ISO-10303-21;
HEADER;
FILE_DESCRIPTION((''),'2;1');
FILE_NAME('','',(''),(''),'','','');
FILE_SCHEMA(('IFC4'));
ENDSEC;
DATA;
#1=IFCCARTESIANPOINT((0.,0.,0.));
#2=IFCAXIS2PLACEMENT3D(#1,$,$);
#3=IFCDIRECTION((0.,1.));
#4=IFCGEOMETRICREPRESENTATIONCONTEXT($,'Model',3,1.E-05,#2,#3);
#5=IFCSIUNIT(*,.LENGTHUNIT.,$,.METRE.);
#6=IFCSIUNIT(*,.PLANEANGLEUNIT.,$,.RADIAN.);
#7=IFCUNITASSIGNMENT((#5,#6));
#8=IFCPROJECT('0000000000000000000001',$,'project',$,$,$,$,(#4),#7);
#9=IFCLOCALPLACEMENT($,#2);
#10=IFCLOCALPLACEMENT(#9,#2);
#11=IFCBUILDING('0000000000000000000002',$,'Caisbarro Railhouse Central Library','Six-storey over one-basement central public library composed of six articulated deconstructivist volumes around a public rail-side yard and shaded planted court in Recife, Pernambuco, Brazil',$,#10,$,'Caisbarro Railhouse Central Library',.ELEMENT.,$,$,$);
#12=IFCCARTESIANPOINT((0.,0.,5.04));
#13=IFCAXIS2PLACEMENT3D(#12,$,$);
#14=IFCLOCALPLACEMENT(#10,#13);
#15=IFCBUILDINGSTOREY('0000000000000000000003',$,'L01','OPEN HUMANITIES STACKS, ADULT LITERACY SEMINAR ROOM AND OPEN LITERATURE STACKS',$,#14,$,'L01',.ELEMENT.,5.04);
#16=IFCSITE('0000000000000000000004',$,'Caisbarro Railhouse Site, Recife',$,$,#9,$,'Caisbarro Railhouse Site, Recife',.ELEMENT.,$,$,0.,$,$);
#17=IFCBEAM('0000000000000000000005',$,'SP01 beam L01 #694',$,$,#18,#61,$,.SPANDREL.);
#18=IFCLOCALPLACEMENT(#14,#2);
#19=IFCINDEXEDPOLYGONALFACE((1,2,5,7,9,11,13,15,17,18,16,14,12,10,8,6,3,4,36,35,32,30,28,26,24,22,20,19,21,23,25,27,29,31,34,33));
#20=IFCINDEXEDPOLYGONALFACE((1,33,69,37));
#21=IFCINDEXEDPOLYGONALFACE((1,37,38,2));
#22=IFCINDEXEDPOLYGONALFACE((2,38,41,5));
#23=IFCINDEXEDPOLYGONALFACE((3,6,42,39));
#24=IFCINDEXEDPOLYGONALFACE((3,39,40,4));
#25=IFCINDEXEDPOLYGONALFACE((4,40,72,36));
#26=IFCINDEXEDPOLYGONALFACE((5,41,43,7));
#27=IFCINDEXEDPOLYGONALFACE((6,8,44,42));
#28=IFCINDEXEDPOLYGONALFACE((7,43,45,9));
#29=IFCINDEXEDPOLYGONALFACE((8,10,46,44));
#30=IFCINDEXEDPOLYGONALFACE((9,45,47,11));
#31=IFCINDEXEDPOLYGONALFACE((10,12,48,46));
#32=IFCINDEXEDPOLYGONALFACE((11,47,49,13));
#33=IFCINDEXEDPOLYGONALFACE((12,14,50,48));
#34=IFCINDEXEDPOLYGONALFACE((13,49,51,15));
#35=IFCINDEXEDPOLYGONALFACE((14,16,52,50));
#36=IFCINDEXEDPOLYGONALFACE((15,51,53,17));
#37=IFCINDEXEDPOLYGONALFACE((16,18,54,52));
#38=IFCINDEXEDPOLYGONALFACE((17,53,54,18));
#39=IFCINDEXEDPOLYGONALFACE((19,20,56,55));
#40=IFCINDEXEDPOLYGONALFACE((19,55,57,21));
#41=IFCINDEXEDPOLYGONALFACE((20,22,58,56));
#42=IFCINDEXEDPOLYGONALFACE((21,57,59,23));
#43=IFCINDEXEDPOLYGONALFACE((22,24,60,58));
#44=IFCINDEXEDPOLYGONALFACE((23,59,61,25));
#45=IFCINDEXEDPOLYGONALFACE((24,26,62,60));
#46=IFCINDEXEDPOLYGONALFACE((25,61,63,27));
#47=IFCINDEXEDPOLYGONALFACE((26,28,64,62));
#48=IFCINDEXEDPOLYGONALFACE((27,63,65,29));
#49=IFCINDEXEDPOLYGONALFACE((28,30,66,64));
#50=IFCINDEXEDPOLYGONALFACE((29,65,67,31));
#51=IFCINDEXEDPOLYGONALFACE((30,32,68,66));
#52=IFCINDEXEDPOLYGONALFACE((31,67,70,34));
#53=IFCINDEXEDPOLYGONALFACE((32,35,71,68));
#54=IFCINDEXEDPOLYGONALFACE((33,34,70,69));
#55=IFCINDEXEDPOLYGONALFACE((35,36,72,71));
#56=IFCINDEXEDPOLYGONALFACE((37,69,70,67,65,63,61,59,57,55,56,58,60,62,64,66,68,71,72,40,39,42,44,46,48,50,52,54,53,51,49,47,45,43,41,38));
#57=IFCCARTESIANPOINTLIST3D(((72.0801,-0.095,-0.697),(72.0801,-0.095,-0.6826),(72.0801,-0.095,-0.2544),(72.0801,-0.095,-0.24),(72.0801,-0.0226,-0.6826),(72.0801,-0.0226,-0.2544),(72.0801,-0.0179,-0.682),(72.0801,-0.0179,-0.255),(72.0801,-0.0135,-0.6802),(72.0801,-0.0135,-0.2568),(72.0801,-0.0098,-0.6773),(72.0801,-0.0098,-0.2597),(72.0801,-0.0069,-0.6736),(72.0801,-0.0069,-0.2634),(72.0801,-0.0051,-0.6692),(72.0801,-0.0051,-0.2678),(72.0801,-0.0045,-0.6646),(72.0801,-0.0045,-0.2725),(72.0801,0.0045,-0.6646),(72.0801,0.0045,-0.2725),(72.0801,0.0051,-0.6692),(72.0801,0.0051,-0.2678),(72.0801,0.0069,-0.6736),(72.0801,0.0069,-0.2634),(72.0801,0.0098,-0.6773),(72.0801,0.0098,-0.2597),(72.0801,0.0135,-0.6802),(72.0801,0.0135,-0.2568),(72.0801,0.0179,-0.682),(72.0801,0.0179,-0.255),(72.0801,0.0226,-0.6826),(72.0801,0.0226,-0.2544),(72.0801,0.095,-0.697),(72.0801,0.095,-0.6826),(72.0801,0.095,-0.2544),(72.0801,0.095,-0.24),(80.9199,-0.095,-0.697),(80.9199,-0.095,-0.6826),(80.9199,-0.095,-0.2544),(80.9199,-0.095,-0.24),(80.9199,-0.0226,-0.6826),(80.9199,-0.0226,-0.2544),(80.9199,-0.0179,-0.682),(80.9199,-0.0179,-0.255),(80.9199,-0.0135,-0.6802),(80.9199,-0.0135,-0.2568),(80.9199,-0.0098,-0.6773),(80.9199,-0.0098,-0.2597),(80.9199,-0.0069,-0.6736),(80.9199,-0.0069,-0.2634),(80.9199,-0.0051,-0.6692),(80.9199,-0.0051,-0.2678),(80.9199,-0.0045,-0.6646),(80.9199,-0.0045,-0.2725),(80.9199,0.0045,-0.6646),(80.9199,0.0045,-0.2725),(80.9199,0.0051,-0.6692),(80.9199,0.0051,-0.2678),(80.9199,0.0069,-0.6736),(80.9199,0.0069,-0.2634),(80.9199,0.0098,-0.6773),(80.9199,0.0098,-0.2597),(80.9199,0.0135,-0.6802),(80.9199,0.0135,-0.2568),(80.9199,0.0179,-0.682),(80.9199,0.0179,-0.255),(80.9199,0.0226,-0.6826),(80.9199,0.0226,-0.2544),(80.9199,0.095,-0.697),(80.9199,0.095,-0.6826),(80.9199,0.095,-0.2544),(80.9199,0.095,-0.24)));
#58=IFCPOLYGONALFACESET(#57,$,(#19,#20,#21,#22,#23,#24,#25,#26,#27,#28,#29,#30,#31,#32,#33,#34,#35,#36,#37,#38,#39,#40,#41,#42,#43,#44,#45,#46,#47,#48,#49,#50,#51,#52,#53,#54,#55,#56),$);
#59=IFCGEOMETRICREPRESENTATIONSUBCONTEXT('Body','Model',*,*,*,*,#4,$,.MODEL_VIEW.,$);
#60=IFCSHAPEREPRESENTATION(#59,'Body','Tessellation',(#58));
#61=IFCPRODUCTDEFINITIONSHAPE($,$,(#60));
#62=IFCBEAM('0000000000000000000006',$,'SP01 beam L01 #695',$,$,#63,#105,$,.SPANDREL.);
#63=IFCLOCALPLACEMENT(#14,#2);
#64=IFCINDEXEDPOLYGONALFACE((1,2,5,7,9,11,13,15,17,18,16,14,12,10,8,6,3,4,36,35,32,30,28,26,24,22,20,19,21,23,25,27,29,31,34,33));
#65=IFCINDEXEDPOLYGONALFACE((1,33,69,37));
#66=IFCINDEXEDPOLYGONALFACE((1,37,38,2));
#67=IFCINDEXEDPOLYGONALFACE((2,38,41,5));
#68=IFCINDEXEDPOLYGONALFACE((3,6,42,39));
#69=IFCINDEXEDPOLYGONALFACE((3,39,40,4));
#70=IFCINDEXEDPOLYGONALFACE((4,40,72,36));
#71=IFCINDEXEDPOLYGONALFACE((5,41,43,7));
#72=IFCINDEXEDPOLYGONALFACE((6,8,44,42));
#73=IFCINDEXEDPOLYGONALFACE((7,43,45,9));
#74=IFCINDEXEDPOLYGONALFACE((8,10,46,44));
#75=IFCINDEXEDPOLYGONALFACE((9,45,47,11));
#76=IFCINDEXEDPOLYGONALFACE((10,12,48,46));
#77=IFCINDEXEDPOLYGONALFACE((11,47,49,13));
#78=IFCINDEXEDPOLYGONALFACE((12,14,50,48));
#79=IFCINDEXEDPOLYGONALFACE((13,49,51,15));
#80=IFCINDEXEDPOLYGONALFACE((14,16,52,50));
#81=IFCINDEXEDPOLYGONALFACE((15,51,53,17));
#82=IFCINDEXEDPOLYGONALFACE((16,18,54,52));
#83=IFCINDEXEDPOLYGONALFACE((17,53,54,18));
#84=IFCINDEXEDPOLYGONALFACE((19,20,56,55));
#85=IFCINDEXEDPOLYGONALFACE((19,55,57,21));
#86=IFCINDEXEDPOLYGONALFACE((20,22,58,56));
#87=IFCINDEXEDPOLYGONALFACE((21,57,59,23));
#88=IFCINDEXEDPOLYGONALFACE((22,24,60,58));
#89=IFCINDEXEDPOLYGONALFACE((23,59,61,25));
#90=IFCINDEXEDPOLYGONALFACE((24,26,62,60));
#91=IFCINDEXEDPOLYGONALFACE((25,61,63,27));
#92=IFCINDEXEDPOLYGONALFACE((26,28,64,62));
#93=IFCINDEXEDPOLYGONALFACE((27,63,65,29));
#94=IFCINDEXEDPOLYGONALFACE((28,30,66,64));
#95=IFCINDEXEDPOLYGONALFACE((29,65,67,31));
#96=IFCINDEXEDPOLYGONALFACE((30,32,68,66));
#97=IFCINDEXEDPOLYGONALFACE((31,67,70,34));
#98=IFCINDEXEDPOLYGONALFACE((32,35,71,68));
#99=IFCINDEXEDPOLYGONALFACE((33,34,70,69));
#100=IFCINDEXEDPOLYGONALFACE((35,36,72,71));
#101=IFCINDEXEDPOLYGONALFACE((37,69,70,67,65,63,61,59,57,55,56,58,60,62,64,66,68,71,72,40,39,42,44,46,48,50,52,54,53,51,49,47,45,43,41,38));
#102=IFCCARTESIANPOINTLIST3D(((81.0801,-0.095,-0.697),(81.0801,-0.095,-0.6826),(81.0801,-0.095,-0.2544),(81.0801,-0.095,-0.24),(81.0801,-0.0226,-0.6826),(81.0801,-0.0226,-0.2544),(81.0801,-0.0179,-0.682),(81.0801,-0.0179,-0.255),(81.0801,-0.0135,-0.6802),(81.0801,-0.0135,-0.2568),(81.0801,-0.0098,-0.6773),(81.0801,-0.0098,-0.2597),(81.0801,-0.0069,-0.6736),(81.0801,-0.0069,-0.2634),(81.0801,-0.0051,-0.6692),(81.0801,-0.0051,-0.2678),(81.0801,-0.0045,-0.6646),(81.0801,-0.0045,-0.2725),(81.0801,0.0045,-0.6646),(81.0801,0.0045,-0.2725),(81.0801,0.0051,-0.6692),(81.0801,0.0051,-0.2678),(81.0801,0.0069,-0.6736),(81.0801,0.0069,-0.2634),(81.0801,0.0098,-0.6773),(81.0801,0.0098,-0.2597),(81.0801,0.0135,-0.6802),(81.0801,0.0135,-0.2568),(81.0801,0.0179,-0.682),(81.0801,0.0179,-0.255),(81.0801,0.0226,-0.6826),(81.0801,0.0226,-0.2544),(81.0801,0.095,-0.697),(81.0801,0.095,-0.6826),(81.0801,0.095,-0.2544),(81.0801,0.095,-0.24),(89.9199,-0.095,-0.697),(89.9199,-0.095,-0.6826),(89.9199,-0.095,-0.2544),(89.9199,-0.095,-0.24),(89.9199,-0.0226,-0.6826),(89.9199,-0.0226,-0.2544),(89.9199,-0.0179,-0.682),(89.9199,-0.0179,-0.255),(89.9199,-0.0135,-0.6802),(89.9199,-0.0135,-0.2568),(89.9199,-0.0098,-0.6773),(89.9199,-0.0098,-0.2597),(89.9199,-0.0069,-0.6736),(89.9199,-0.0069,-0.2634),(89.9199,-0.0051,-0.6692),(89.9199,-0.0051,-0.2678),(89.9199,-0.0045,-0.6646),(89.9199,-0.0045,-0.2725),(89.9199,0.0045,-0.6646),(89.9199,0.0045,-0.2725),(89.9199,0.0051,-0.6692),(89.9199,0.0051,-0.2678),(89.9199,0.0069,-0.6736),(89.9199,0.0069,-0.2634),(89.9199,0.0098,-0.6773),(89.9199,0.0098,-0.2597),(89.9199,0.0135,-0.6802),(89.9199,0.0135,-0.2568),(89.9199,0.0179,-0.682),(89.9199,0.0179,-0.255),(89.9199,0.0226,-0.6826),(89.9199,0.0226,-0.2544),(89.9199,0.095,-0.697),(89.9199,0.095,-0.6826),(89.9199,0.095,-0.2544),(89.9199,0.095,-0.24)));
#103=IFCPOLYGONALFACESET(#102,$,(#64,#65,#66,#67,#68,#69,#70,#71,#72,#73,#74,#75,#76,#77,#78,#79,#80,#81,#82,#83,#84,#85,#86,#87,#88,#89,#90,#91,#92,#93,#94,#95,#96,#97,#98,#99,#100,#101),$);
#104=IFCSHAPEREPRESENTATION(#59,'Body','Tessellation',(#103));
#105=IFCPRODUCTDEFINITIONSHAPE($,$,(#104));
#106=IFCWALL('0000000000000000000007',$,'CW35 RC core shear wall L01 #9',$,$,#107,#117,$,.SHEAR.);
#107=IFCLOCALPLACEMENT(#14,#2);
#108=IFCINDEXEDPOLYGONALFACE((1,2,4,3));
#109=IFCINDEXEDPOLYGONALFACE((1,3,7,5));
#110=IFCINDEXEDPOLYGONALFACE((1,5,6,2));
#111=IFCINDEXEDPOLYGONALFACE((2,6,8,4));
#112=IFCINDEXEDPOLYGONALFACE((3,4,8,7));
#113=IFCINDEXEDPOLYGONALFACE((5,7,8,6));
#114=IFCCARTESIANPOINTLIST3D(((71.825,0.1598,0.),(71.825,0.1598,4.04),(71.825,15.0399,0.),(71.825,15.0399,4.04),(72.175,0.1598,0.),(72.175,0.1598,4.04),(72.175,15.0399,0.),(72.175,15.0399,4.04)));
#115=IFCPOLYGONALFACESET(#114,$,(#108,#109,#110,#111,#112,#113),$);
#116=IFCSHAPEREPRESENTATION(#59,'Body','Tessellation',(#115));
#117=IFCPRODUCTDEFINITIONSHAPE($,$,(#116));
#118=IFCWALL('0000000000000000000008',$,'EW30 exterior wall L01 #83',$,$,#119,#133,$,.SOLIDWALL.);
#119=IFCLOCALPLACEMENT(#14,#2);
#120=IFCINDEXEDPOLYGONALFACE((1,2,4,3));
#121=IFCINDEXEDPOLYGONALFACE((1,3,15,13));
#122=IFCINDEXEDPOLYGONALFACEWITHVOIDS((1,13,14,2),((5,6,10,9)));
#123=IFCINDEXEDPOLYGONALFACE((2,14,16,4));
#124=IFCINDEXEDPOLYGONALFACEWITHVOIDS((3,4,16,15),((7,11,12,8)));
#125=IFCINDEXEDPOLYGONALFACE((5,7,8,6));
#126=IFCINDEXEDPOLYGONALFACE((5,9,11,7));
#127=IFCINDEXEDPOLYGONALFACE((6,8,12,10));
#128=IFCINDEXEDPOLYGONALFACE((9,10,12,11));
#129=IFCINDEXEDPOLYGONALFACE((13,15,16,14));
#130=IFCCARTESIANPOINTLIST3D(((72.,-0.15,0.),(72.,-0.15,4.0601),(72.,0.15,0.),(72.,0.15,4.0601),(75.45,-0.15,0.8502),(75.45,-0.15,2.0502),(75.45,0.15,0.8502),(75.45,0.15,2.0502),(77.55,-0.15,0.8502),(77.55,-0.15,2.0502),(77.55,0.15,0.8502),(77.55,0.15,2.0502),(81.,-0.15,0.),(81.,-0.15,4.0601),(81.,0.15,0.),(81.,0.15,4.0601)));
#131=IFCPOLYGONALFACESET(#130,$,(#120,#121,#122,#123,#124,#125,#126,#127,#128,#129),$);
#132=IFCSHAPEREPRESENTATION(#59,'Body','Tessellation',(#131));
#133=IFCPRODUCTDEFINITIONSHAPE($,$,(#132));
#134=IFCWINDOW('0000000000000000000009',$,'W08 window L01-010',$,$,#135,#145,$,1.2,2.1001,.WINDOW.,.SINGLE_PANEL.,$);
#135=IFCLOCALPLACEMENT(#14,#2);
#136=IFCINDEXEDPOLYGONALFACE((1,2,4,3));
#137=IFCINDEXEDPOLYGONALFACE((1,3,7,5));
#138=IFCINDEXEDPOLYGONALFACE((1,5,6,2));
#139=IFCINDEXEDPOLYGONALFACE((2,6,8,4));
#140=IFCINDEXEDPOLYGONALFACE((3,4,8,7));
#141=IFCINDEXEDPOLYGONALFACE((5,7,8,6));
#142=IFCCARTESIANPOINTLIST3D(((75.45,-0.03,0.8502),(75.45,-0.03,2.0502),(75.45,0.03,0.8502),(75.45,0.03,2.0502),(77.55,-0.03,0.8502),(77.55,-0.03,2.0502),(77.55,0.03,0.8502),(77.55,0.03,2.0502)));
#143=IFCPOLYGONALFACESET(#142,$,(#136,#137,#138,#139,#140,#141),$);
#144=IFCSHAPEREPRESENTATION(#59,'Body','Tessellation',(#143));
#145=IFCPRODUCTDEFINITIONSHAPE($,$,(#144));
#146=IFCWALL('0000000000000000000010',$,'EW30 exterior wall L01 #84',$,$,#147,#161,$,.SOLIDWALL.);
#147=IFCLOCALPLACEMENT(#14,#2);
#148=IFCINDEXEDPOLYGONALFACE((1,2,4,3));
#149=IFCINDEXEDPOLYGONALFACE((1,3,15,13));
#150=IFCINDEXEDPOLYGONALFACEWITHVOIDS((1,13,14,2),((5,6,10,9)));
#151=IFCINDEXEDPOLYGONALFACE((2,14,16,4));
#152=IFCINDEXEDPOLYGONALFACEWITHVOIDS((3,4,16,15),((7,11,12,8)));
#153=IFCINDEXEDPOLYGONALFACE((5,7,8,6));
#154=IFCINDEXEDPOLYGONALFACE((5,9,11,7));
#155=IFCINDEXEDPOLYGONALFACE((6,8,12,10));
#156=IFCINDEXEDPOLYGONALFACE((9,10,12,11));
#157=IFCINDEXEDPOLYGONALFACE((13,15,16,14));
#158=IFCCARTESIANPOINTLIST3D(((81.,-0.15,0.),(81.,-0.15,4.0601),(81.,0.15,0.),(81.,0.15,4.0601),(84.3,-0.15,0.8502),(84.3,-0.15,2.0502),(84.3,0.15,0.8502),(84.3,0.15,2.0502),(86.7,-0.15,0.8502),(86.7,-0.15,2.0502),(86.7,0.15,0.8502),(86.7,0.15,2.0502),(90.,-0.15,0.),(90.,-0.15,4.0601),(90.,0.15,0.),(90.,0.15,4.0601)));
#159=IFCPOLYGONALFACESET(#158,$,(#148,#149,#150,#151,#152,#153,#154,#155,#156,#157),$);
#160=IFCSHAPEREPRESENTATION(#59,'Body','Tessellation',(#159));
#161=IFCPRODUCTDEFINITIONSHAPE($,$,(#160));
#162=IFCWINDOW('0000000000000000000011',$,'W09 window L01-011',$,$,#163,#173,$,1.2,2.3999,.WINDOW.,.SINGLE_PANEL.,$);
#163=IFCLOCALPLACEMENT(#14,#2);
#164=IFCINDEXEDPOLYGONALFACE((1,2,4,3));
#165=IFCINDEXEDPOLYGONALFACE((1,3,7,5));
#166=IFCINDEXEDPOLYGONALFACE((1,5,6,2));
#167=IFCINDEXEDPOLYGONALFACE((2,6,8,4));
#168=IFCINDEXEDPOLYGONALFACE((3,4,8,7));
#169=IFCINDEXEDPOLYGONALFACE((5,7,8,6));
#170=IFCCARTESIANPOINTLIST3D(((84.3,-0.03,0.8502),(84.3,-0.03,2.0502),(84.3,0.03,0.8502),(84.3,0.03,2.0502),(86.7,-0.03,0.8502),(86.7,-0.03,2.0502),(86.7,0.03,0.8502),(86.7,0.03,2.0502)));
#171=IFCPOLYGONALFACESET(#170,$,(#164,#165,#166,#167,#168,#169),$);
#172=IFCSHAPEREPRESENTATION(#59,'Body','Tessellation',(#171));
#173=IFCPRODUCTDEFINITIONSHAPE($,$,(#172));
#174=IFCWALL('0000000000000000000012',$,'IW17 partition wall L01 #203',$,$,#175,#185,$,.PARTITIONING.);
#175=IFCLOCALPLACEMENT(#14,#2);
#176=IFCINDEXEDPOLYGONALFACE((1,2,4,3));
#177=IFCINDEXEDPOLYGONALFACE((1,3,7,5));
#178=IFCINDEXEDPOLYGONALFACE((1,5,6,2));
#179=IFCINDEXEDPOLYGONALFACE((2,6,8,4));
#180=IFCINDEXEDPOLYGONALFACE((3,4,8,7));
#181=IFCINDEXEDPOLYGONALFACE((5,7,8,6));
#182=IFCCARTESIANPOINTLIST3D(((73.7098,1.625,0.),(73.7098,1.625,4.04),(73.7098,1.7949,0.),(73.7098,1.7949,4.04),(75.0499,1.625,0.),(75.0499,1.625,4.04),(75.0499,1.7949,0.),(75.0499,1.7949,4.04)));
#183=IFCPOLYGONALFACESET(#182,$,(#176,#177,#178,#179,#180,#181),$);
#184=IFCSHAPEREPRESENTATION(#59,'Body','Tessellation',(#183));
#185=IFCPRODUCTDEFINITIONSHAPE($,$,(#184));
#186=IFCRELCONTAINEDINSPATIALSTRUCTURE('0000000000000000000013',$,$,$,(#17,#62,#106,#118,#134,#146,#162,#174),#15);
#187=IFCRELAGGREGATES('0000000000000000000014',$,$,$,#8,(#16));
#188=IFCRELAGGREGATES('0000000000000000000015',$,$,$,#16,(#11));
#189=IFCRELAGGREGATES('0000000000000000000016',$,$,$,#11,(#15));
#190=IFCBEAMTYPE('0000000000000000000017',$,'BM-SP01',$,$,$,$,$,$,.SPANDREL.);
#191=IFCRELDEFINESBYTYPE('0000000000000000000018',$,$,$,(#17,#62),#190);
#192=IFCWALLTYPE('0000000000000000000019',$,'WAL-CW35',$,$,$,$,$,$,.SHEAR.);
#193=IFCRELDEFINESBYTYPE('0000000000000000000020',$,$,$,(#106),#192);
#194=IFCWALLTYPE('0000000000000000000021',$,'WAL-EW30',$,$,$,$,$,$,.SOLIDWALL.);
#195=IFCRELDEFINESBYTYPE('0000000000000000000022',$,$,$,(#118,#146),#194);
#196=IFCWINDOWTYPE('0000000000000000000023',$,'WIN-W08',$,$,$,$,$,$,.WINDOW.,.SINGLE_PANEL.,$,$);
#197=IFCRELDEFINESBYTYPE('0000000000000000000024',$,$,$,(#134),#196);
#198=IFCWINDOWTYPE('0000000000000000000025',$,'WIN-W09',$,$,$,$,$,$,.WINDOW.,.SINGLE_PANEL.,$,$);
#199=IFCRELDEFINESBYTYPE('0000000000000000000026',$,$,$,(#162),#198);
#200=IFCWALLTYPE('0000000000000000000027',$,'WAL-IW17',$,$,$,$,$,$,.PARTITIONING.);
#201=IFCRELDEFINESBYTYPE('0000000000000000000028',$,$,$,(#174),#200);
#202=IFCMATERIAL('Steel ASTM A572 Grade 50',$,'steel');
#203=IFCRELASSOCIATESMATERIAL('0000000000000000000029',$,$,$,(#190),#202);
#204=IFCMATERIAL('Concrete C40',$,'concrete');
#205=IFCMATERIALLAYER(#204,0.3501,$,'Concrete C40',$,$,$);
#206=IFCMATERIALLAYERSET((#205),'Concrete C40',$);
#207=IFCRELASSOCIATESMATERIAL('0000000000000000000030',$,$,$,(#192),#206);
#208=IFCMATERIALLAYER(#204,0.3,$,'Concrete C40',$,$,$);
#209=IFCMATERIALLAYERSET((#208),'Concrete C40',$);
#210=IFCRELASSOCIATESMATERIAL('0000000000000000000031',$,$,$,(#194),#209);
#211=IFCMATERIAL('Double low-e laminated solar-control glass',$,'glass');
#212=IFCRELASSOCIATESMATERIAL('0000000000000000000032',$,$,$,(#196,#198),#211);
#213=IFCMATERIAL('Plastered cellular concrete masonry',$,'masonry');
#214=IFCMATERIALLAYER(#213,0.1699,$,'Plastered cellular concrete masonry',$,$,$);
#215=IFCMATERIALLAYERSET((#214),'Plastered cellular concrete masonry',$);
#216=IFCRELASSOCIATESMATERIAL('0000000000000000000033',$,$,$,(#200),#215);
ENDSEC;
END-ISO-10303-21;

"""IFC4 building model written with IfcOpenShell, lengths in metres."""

from ifc_helpers import new_model, si_unit, direction, frame, frame_2d, origin, origin_2d, place, context, subcontext, project, spatial, rectangle, i_section, extrude, material, layer, layer_set, material_profile, profile_set, type_object, element, fill, save


model = new_model("IFC4")

# Units and contexts
model_context = context("Model", 3, precision=1e-05, world=origin(), true_north=direction((0.0, 1.0)))
body_context = subcontext(model_context, "Body", "Model", "MODEL_VIEW")
ifc_project = project(units=[si_unit("LENGTHUNIT", "METRE"), si_unit("PLANEANGLEUNIT", "RADIAN")], contexts=[model_context])

# Site, building, storey
site_placement = place(None, origin())
site = spatial("IfcSite", under=ifc_project, at=site_placement, Name="Caisbarro Railhouse Site, Recife", LongName="Caisbarro Railhouse Site, Recife", CompositionType="ELEMENT", RefElevation=0.0)
building_placement = place(site_placement, origin())
building = spatial("IfcBuilding", under=site, at=building_placement, Name="Caisbarro Railhouse Central Library", Description="Six-storey over one-basement central public library composed of six articulated deconstructivist volumes around a public rail-side yard and shaded planted court in Recife, Pernambuco, Brazil", LongName="Caisbarro Railhouse Central Library", CompositionType="ELEMENT")
storey_placement = place(building_placement, frame((0.0, 0.0, 5.04)))
storey = spatial("IfcBuildingStorey", under=building, at=storey_placement, Name="L01", Description="OPEN HUMANITIES STACKS, ADULT LITERACY SEMINAR ROOM AND OPEN LITERATURE STACKS", LongName="L01", CompositionType="ELEMENT", Elevation=5.04)

# Shared definitions
ifc_material_1 = material(Name="Steel ASTM A572 Grade 50", Category="steel")

# Beams
ifc_material_profile_1 = material_profile(ifc_material_1, i_section(OverallWidth=0.1899, OverallDepth=0.457, WebThickness=0.009, FlangeThickness=0.0144, FilletRadius=0.0181, at=origin_2d()), Name="W460X74.0")
ifc_profile_set_1 = profile_set([ifc_material_profile_1], Name="Steel ASTM A572 Grade 50")
beam_type_1 = type_object("IfcBeamType", Name="BM-SP01", PredefinedType="SPANDREL", material=ifc_profile_set_1)
for number, where, z_axis, x_axis, name in (
    (1, (72.0801, 0.0, -0.4685), (1.0, 0.0, 0.0), (0.0, 1.0, 0.0), "SP01 beam L01 #694"),
    (2, (81.0801, 0.0, -0.4685), (1.0, 0.0, 0.0), (0.0, 1.0, 0.0), "SP01 beam L01 #695"),
):
    element("IfcBeam", number, at=place(storey_placement, frame(where, z_axis=z_axis, x_axis=x_axis)), inside=storey, type_object=beam_type_1, Name=name, PredefinedType="SPANDREL", context=body_context, shape_type="SweptSolid", body=[
        extrude(i_section(OverallWidth=0.1899, OverallDepth=0.457, WebThickness=0.009, FlangeThickness=0.0144, FilletRadius=0.0181, at=origin_2d()), origin(), (0.0, 0.0, 1.0), 8.8398),
    ])

# Wall
ifc_material_2 = material(Name="Concrete C40", Category="concrete")
ifc_layer_1 = layer(ifc_material_2, 0.3501, Name="Concrete C40")
ifc_layer_set_1 = layer_set([ifc_layer_1], Name="Concrete C40")
wall_type_1 = type_object("IfcWallType", Name="WAL-CW35", PredefinedType="SHEAR", material=ifc_layer_set_1)
wall_1_placement = place(storey_placement, frame((72.0, 0.1599, 0.0), z_axis=(0.0, 0.0, 1.0), x_axis=(0.0, 1.0, 0.0)))
element("IfcWall", 3, at=wall_1_placement, inside=storey, type_object=wall_type_1, Name="CW35 RC core shear wall L01 #9", PredefinedType="SHEAR", context=body_context, shape_type="SweptSolid", body=[
    extrude(rectangle(XDim=14.8801, YDim=0.3501, at=frame_2d((7.4399, 0.0))), origin(), (0.0, 0.0, 1.0), 4.04),
])

# Walls, openings, windows
ifc_layer_2 = layer(ifc_material_2, 0.3, Name="Concrete C40")
ifc_layer_set_2 = layer_set([ifc_layer_2], Name="Concrete C40")
wall_type_2 = type_object("IfcWallType", Name="WAL-EW30", PredefinedType="SOLIDWALL", material=ifc_layer_set_2)
wall_2_placement = place(storey_placement, frame((72.0, 0.0, 0.0), z_axis=(0.0, 0.0, 1.0), x_axis=(1.0, 0.0, 0.0)))
wall_2 = element("IfcWall", 4, at=wall_2_placement, inside=storey, type_object=wall_type_2, Name="EW30 exterior wall L01 #83", PredefinedType="SOLIDWALL", context=body_context, shape_type="SweptSolid", body=[
    extrude(rectangle(XDim=9.0, YDim=0.3, at=frame_2d((4.5, 0.0))), origin(), (0.0, 0.0, 1.0), 4.0601),
])
opening_1_placement = place(wall_2_placement, frame((3.45, 0.0, 0.8501)))
opening_1 = element("IfcOpeningElement", 5, at=opening_1_placement, cuts=wall_2, PredefinedType="OPENING", context=body_context, shape_type="SweptSolid", body=[
    extrude(rectangle(XDim=2.1001, YDim=1.2, at=frame_2d((1.05, 0.6001))), frame((0.0, 0.1602, 0.0), z_axis=(0.0, -1.0, 0.0), x_axis=(1.0, 0.0, 0.0)), (0.0, 0.0, 1.0), 0.3201),
])
ifc_material_3 = material(Name="Double low-e laminated solar-control glass", Category="glass")
window_type_1 = type_object("IfcWindowType", Name="WIN-W08", PartitioningType="SINGLE_PANEL", PredefinedType="WINDOW", material=ifc_material_3)
window_1_placement = place(opening_1_placement, origin())
window_1 = element("IfcWindow", 6, at=window_1_placement, inside=storey, type_object=window_type_1, Name="W08 window L01-010", OverallHeight=1.2, OverallWidth=2.1001, PartitioningType="SINGLE_PANEL", PredefinedType="WINDOW", context=body_context, shape_type="SweptSolid", body=[
    extrude(rectangle(XDim=2.1001, YDim=1.2, at=frame_2d((1.05, 0.6001))), frame((0.0, 0.03, 0.0), z_axis=(0.0, -1.0, 0.0), x_axis=(1.0, 0.0, 0.0)), (0.0, 0.0, 1.0), 0.0601),
])
fill(opening_1, window_1)
wall_3_placement = place(storey_placement, frame((81.0, 0.0, 0.0), z_axis=(0.0, 0.0, 1.0), x_axis=(1.0, 0.0, 0.0)))
wall_3 = element("IfcWall", 7, at=wall_3_placement, inside=storey, type_object=wall_type_2, Name="EW30 exterior wall L01 #84", PredefinedType="SOLIDWALL", context=body_context, shape_type="SweptSolid", body=[
    extrude(rectangle(XDim=9.0, YDim=0.3, at=frame_2d((4.5, 0.0))), origin(), (0.0, 0.0, 1.0), 4.0601),
])
opening_2_placement = place(wall_3_placement, frame((3.3, 0.0, 0.8501)))
opening_2 = element("IfcOpeningElement", 8, at=opening_2_placement, cuts=wall_3, PredefinedType="OPENING", context=body_context, shape_type="SweptSolid", body=[
    extrude(rectangle(XDim=2.3999, YDim=1.2, at=frame_2d((1.2, 0.6001))), frame((0.0, 0.1602, 0.0), z_axis=(0.0, -1.0, 0.0), x_axis=(1.0, 0.0, 0.0)), (0.0, 0.0, 1.0), 0.3201),
])
window_type_2 = type_object("IfcWindowType", Name="WIN-W09", PartitioningType="SINGLE_PANEL", PredefinedType="WINDOW", material=ifc_material_3)
window_2_placement = place(opening_2_placement, origin())
window_2 = element("IfcWindow", 9, at=window_2_placement, inside=storey, type_object=window_type_2, Name="W09 window L01-011", OverallHeight=1.2, OverallWidth=2.3999, PartitioningType="SINGLE_PANEL", PredefinedType="WINDOW", context=body_context, shape_type="SweptSolid", body=[
    extrude(rectangle(XDim=2.3999, YDim=1.2, at=frame_2d((1.2, 0.6001))), frame((0.0, 0.03, 0.0), z_axis=(0.0, -1.0, 0.0), x_axis=(1.0, 0.0, 0.0)), (0.0, 0.0, 1.0), 0.0601),
])
fill(opening_2, window_2)

# Wall
ifc_material_4 = material(Name="Plastered cellular concrete masonry", Category="masonry")
ifc_layer_3 = layer(ifc_material_4, 0.1699, Name="Plastered cellular concrete masonry")
ifc_layer_set_3 = layer_set([ifc_layer_3], Name="Plastered cellular concrete masonry")
wall_type_3 = type_object("IfcWallType", Name="WAL-IW17", PredefinedType="PARTITIONING", material=ifc_layer_set_3)
wall_4_placement = place(storey_placement, frame((73.71, 1.71, 0.0), z_axis=(0.0, 0.0, 1.0), x_axis=(1.0, 0.0, 0.0)))
element("IfcWall", 10, at=wall_4_placement, inside=storey, type_object=wall_type_3, Name="IW17 partition wall L01 #203", PredefinedType="PARTITIONING", context=body_context, shape_type="SweptSolid", body=[
    extrude(rectangle(XDim=1.3401, YDim=0.1699, at=frame_2d((0.6699, 0.0))), origin(), (0.0, 0.0, 1.0), 4.04),
])

save(model, "model.ifc")
